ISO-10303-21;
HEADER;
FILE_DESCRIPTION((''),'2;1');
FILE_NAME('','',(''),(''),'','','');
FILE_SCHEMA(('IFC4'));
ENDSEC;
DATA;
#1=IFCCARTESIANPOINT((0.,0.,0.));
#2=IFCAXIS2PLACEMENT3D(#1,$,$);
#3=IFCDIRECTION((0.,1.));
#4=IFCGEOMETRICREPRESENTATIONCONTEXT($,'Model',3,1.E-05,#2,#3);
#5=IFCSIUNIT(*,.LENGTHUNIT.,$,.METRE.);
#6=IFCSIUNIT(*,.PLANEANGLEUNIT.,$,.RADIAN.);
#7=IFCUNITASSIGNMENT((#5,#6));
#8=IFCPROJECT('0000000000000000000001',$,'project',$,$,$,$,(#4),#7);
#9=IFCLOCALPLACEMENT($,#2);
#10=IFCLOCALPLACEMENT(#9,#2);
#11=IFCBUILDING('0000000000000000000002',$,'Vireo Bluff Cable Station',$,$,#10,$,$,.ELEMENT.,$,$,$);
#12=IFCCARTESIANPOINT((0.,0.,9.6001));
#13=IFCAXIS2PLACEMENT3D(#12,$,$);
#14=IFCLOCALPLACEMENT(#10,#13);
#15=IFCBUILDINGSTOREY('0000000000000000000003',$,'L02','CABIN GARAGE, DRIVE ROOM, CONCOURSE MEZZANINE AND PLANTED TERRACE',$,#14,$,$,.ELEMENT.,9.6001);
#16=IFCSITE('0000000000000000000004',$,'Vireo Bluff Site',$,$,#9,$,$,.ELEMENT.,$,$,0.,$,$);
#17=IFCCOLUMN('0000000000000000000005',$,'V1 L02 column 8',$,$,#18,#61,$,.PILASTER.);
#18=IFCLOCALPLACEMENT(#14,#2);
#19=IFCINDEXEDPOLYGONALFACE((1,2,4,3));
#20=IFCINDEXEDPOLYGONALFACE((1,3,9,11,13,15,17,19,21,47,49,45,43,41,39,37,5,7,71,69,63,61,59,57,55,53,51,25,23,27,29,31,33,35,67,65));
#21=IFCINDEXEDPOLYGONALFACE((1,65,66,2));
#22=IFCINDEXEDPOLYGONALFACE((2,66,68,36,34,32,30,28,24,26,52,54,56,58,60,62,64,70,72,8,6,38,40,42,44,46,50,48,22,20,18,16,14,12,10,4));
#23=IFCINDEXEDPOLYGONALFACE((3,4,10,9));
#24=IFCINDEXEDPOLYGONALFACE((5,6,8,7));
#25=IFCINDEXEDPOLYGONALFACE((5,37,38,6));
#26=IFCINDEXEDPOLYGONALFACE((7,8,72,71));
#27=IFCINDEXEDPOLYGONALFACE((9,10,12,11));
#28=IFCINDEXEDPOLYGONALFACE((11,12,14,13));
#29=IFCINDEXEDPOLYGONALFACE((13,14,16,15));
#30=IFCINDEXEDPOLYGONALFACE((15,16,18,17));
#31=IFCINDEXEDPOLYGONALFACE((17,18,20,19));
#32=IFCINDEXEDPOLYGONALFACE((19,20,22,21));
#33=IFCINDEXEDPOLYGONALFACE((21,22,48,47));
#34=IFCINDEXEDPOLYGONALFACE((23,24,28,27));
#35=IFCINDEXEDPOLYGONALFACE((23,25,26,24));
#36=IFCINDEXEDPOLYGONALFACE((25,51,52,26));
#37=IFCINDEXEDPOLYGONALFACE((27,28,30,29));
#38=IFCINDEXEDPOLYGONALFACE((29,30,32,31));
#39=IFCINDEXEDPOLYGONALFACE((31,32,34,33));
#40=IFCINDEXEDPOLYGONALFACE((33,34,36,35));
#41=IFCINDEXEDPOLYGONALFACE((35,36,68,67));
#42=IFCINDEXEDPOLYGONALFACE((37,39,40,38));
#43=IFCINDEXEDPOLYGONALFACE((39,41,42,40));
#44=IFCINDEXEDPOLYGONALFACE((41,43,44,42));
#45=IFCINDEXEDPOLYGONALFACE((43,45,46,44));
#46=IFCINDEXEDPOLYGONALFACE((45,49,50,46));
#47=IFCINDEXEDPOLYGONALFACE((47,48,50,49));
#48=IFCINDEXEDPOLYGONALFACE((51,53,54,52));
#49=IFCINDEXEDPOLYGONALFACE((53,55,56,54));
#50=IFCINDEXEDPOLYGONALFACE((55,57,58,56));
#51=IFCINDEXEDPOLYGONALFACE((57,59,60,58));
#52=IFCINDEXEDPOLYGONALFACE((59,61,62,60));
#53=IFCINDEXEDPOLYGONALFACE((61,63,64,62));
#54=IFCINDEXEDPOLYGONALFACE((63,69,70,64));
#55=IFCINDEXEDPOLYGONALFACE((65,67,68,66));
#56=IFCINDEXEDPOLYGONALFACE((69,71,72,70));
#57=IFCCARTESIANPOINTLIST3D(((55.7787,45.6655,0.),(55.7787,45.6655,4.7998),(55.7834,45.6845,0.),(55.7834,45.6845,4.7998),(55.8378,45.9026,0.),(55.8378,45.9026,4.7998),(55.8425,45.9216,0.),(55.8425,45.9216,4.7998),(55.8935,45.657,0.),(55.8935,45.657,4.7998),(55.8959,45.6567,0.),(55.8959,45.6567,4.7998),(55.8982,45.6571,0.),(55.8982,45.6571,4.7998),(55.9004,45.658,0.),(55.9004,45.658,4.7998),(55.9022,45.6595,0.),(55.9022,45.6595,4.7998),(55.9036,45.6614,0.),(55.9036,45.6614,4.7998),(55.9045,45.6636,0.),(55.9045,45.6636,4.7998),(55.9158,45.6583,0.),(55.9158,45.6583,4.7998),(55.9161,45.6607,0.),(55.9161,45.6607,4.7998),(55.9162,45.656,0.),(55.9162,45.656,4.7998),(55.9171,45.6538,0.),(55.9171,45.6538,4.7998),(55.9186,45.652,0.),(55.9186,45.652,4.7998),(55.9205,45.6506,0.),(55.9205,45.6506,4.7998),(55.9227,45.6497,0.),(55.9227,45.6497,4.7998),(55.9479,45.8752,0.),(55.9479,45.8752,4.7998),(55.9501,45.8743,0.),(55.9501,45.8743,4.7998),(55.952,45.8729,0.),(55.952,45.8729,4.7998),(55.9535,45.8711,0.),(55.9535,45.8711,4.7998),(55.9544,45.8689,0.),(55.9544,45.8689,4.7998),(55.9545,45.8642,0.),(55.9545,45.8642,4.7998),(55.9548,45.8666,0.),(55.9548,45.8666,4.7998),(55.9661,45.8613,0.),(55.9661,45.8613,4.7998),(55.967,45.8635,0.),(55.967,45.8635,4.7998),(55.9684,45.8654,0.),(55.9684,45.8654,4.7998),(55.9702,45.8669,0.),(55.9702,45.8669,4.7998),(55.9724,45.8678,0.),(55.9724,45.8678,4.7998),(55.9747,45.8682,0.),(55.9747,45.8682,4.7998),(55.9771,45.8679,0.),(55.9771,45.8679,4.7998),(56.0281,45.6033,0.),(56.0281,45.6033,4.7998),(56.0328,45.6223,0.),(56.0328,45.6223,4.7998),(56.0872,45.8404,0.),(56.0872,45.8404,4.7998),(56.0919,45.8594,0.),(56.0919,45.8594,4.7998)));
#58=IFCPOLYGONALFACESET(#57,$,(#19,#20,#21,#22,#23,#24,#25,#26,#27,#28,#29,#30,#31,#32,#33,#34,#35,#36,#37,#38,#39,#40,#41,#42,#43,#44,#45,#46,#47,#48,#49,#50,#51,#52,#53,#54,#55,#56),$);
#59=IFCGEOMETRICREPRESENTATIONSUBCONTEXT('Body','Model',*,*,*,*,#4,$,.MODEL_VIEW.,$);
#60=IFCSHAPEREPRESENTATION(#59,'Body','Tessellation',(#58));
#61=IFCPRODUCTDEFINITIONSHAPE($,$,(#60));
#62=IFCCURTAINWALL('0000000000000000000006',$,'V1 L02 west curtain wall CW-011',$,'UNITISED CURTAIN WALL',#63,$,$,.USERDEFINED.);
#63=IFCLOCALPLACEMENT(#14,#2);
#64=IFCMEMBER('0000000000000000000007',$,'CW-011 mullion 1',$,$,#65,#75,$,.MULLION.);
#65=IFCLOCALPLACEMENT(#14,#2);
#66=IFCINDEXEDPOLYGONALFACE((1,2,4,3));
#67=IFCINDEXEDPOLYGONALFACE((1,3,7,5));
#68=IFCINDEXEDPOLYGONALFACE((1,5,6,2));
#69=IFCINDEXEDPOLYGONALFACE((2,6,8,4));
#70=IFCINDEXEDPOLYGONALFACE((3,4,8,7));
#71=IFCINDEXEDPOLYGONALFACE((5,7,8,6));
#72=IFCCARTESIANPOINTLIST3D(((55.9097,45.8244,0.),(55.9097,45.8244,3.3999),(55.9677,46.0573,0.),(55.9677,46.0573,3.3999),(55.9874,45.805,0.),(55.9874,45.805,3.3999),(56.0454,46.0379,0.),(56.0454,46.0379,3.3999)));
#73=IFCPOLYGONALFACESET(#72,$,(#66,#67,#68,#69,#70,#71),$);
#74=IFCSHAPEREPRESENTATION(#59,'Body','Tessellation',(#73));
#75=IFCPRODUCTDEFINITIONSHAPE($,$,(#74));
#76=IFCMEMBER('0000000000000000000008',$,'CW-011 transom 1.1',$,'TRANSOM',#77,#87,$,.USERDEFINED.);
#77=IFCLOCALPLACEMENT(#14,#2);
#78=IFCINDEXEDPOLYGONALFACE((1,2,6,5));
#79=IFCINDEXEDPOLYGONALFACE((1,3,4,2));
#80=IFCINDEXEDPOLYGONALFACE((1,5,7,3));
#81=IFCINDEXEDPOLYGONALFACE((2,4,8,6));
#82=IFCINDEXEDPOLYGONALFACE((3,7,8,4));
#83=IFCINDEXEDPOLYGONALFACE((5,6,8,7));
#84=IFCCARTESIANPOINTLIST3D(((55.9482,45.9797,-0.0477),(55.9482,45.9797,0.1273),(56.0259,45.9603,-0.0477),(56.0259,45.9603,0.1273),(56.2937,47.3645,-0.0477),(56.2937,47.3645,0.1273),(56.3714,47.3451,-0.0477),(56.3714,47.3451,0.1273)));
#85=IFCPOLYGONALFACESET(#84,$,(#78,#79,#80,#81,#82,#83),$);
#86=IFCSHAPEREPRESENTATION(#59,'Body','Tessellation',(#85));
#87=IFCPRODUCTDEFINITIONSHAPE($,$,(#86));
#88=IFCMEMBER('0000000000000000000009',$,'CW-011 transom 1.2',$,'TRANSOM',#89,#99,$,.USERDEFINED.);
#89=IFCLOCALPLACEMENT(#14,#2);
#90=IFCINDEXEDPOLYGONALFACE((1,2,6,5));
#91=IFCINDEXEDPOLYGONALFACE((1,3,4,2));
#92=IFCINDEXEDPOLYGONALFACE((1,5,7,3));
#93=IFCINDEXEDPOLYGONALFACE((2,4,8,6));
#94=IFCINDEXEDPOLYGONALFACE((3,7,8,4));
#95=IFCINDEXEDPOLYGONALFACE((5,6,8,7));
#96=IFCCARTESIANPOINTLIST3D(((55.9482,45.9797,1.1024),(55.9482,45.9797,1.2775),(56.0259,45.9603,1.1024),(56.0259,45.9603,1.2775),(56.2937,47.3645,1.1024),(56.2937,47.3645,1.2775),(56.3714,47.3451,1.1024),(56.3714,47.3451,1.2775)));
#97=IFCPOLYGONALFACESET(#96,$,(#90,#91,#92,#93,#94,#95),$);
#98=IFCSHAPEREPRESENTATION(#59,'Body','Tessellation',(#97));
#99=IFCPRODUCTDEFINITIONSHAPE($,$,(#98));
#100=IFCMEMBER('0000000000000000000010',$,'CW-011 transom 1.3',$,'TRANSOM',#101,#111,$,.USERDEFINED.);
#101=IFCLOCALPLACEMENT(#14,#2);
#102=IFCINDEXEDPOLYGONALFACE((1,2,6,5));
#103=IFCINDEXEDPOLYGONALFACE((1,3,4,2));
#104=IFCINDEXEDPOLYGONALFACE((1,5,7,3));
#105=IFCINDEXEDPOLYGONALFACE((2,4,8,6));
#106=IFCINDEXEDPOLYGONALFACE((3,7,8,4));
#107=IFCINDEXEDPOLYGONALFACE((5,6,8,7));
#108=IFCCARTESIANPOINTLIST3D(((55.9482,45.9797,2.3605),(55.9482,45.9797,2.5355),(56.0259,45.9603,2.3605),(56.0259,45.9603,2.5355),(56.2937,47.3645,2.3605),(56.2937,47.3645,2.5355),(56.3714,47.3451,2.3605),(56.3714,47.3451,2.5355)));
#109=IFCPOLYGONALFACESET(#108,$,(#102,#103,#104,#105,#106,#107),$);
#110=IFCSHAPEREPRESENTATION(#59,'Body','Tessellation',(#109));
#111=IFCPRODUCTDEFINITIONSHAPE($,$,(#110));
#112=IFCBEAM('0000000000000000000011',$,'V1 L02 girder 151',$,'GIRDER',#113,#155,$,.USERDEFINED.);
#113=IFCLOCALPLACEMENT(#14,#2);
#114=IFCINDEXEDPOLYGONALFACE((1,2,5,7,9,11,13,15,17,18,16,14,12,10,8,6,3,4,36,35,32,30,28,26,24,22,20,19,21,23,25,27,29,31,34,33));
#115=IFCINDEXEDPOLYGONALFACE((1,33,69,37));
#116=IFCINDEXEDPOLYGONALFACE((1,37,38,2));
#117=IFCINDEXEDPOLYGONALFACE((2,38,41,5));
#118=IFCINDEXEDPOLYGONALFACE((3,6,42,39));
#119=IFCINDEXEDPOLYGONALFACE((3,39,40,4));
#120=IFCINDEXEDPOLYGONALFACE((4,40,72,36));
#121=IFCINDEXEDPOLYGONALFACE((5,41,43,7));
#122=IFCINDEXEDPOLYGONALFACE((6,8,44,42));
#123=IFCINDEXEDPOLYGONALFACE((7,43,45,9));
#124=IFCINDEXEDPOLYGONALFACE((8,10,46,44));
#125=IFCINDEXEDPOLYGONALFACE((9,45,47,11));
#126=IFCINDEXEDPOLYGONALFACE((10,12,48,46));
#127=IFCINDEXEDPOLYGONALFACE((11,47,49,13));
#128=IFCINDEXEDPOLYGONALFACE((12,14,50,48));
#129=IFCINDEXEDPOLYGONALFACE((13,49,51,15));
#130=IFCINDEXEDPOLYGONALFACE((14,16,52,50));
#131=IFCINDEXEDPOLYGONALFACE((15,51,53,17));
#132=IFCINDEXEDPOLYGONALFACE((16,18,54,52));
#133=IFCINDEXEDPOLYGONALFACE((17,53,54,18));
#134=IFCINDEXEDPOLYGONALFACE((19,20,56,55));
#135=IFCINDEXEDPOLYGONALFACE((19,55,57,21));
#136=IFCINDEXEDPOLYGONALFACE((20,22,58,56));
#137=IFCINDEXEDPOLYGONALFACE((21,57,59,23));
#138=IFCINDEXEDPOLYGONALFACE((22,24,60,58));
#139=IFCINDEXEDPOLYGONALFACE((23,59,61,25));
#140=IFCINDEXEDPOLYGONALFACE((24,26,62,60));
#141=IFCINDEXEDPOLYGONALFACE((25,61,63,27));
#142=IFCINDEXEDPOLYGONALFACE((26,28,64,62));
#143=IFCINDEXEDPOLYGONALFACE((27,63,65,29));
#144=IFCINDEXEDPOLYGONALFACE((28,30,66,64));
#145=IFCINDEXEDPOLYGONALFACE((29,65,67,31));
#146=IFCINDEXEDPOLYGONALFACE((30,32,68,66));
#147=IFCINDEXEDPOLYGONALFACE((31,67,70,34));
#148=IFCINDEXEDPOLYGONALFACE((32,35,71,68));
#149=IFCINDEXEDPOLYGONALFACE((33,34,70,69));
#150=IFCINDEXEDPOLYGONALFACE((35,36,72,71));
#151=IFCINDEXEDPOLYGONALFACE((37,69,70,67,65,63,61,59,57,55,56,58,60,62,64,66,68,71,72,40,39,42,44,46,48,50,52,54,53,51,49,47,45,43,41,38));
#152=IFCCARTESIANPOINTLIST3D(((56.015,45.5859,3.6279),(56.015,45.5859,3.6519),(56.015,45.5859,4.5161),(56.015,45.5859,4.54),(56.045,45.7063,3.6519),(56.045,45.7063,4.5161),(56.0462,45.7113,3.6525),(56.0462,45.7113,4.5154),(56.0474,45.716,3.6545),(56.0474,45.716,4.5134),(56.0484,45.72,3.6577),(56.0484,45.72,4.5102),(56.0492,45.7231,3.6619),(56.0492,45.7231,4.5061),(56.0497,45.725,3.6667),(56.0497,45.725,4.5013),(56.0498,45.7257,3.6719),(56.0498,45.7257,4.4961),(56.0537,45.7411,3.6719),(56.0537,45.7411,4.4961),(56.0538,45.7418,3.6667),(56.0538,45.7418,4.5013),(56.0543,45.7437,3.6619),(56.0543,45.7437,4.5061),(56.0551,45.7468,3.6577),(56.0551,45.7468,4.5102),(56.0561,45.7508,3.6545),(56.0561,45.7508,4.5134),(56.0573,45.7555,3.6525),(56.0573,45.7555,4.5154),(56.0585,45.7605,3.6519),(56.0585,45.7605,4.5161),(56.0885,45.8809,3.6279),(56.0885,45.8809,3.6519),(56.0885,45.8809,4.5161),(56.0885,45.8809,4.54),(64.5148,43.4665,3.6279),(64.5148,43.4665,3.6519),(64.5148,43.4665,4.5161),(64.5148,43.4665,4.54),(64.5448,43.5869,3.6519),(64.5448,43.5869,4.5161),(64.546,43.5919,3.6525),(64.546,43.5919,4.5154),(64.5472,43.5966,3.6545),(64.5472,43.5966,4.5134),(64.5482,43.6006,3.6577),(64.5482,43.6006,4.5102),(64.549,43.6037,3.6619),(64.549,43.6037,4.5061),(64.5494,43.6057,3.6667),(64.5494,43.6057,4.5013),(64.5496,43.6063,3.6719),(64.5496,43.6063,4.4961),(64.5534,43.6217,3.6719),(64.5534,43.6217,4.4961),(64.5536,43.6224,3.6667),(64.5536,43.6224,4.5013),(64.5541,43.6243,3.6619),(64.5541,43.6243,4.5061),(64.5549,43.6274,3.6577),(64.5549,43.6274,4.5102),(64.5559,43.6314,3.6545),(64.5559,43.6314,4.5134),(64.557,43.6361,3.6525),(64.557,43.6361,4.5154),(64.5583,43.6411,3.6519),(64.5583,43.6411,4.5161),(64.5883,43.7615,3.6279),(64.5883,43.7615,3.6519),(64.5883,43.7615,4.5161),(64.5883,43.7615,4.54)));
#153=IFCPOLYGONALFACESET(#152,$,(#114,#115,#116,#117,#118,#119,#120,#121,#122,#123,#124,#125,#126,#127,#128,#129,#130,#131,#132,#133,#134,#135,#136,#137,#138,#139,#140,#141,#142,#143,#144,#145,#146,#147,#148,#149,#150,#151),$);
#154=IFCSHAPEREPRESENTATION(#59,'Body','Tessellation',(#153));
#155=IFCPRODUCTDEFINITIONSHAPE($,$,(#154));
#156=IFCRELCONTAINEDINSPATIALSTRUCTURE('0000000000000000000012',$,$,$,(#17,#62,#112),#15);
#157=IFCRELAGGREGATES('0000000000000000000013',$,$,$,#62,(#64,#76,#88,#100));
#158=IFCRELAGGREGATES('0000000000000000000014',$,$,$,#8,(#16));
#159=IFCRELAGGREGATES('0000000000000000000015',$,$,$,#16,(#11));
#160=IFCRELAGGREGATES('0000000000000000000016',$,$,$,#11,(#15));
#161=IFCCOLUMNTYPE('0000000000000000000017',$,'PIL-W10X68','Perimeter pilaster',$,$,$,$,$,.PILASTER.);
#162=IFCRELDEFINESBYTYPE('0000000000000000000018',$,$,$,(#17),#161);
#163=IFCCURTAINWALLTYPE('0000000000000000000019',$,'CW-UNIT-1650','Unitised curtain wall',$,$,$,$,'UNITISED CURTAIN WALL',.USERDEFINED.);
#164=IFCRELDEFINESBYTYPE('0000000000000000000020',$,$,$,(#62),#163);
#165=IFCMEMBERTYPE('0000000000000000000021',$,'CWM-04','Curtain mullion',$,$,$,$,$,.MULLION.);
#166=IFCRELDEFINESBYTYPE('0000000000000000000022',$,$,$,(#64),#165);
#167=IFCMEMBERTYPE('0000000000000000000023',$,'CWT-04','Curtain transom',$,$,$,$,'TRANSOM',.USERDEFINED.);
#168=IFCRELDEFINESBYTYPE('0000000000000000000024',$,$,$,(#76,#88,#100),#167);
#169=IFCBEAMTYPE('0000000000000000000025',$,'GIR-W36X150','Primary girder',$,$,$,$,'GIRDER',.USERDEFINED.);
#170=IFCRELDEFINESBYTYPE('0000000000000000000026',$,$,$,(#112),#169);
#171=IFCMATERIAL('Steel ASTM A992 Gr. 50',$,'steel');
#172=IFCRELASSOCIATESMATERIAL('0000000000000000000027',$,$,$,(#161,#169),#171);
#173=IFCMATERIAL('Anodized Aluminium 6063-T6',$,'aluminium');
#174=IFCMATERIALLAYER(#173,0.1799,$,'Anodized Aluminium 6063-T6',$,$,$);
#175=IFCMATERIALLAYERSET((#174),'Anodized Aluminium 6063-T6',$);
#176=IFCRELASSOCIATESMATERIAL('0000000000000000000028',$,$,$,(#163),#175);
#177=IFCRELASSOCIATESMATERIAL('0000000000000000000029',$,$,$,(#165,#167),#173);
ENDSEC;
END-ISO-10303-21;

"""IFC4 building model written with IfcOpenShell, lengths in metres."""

from ifc_helpers import new_model, si_unit, direction, frame, origin, origin_2d, place, context, subcontext, project, spatial, rectangle, i_section, extrude, material, layer, layer_set, material_profile, profile_set, type_object, element, aggregate, save


model = new_model("IFC4")

# Units and contexts
model_context = context("Model", 3, precision=1e-05, world=origin(), true_north=direction((0.0, 1.0)))
body_context = subcontext(model_context, "Body", "Model", "MODEL_VIEW")
ifc_project = project(units=[si_unit("LENGTHUNIT", "METRE"), si_unit("PLANEANGLEUNIT", "RADIAN")], contexts=[model_context])

# Site, building, storey
site_placement = place(None, origin())
site = spatial("IfcSite", under=ifc_project, at=site_placement, Name="Vireo Bluff Site", CompositionType="ELEMENT", RefElevation=0.0)
building_placement = place(site_placement, origin())
building = spatial("IfcBuilding", under=site, at=building_placement, Name="Vireo Bluff Cable Station", CompositionType="ELEMENT")
storey_placement = place(building_placement, frame((0.0, 0.0, 9.6001)))
storey = spatial("IfcBuildingStorey", under=building, at=storey_placement, Name="L02", Description="CABIN GARAGE, DRIVE ROOM, CONCOURSE MEZZANINE AND PLANTED TERRACE", CompositionType="ELEMENT", Elevation=9.6001)

# Column
ifc_material_1 = material(Name="Steel ASTM A992 Gr. 50", Category="steel")
ifc_material_profile_1 = material_profile(ifc_material_1, i_section(OverallWidth=0.2571, OverallDepth=0.2639, WebThickness=0.012, FlangeThickness=0.0195, FilletRadius=0.009, at=origin_2d()), Name="W10X68")
ifc_profile_set_1 = profile_set([ifc_material_profile_1], Name="Steel ASTM A992 Gr. 50")
column_type = type_object("IfcColumnType", Name="PIL-W10X68", Description="Perimeter pilaster", PredefinedType="PILASTER", material=ifc_profile_set_1)
column_placement = place(storey_placement, frame((55.9353, 45.7625, 0.0), z_axis=(0.0, 0.0, 1.0), x_axis=(0.970296, -0.241922, 0.0)))
element("IfcColumn", 1, at=column_placement, inside=storey, type_object=column_type, Name="V1 L02 column 8", PredefinedType="PILASTER", context=body_context, shape_type="SweptSolid", body=[
    extrude(i_section(OverallWidth=0.2571, OverallDepth=0.2639, WebThickness=0.012, FlangeThickness=0.0195, FilletRadius=0.009, at=origin_2d()), origin(), (0.0, 0.0, 1.0), 4.7998),
])

# Curtain wall, members
ifc_material_2 = material(Name="Anodized Aluminium 6063-T6", Category="aluminium")
ifc_layer_1 = layer(ifc_material_2, 0.1799, Name="Anodized Aluminium 6063-T6")
ifc_layer_set_1 = layer_set([ifc_layer_1], Name="Anodized Aluminium 6063-T6")
curtain_wall_type = type_object("IfcCurtainWallType", Name="CW-UNIT-1650", Description="Unitised curtain wall", ElementType="UNITISED CURTAIN WALL", PredefinedType="USERDEFINED", material=ifc_layer_set_1)
curtain_wall_placement = place(storey_placement, origin())
curtain_wall = element("IfcCurtainWall", 2, at=curtain_wall_placement, inside=storey, type_object=curtain_wall_type, Name="V1 L02 west curtain wall CW-011", ObjectType="UNITISED CURTAIN WALL", PredefinedType="USERDEFINED")
ifc_material_profile_2 = material_profile(ifc_material_2, rectangle(XDim=0.0801, YDim=0.24, at=origin_2d()), Name="ALU-M-80X240")
ifc_profile_set_2 = profile_set([ifc_material_profile_2], Name="Anodized Aluminium 6063-T6")
member_type_1 = type_object("IfcMemberType", Name="CWM-04", Description="Curtain mullion", PredefinedType="MULLION", material=ifc_profile_set_2)
member_1_placement = place(storey_placement, frame((55.9775, 45.9312, 0.0), z_axis=(0.0, 0.0, 1.0), x_axis=(-0.970296, 0.241922, 0.0)))
member_1 = element("IfcMember", 3, at=member_1_placement, type_object=member_type_1, Name="CW-011 mullion 1", PredefinedType="MULLION", context=body_context, shape_type="SweptSolid", body=[
    extrude(rectangle(XDim=0.0801, YDim=0.24, at=origin_2d()), origin(), (0.0, 0.0, 1.0), 3.3999),
])
ifc_material_profile_3 = material_profile(ifc_material_2, rectangle(XDim=0.0801, YDim=0.175, at=origin_2d()), Name="ALU-T-80X175")
ifc_profile_set_3 = profile_set([ifc_material_profile_3], Name="Anodized Aluminium 6063-T6")
member_type_2 = type_object("IfcMemberType", Name="CWT-04", Description="Curtain transom", ElementType="TRANSOM", PredefinedType="USERDEFINED", material=ifc_profile_set_3)
member_2_placement = place(storey_placement, frame((55.9871, 45.97, 0.0398), z_axis=(0.242053, 0.970263, 0.0), x_axis=(-0.970263, 0.242053, 0.0)))
member_2 = element("IfcMember", 4, at=member_2_placement, type_object=member_type_2, Name="CW-011 transom 1.1", ObjectType="TRANSOM", PredefinedType="USERDEFINED", context=body_context, shape_type="SweptSolid", body=[
    extrude(rectangle(XDim=0.0801, YDim=0.175, at=origin_2d()), origin(), (0.0, 0.0, 1.0), 1.4272),
])
member_3_placement = place(storey_placement, frame((55.9871, 45.97, 1.1899), z_axis=(0.242053, 0.970263, 0.0), x_axis=(-0.970263, 0.242053, 0.0)))
member_3 = element("IfcMember", 5, at=member_3_placement, type_object=member_type_2, Name="CW-011 transom 1.2", ObjectType="TRANSOM", PredefinedType="USERDEFINED", context=body_context, shape_type="SweptSolid", body=[
    extrude(rectangle(XDim=0.0801, YDim=0.175, at=origin_2d()), origin(), (0.0, 0.0, 1.0), 1.4272),
])
member_4_placement = place(storey_placement, frame((55.9871, 45.97, 2.448), z_axis=(0.242053, 0.970263, 0.0), x_axis=(-0.970263, 0.242053, 0.0)))
member_4 = element("IfcMember", 6, at=member_4_placement, type_object=member_type_2, Name="CW-011 transom 1.3", ObjectType="TRANSOM", PredefinedType="USERDEFINED", context=body_context, shape_type="SweptSolid", body=[
    extrude(rectangle(XDim=0.0801, YDim=0.175, at=origin_2d()), origin(), (0.0, 0.0, 1.0), 1.4272),
])
aggregate(curtain_wall, [member_1, member_2, member_3, member_4])

# Beam
ifc_material_profile_4 = material_profile(ifc_material_1, i_section(OverallWidth=0.304, OverallDepth=0.9121, WebThickness=0.0159, FlangeThickness=0.0239, FilletRadius=0.02, at=origin_2d()), Name="W36X150")
ifc_profile_set_4 = profile_set([ifc_material_profile_4], Name="Steel ASTM A992 Gr. 50")
beam_type_1 = type_object("IfcBeamType", Name="GIR-W36X150", Description="Primary girder", ElementType="GIRDER", PredefinedType="USERDEFINED", material=ifc_profile_set_4)
beam_1_placement = place(storey_placement, frame((56.0518, 45.7334, 4.084), z_axis=(0.970292, -0.241939, 0.0), x_axis=(0.241939, 0.970292, 0.0)))
element("IfcBeam", 7, at=beam_1_placement, inside=storey, type_object=beam_type_1, Name="V1 L02 girder 151", ObjectType="GIRDER", PredefinedType="USERDEFINED", context=body_context, shape_type="SweptSolid", body=[
    extrude(i_section(OverallWidth=0.304, OverallDepth=0.9121, WebThickness=0.0159, FlangeThickness=0.0239, FilletRadius=0.02, at=origin_2d()), origin(), (0.0, 0.0, 1.0), 8.76),
])

save(model, "model.ifc")
